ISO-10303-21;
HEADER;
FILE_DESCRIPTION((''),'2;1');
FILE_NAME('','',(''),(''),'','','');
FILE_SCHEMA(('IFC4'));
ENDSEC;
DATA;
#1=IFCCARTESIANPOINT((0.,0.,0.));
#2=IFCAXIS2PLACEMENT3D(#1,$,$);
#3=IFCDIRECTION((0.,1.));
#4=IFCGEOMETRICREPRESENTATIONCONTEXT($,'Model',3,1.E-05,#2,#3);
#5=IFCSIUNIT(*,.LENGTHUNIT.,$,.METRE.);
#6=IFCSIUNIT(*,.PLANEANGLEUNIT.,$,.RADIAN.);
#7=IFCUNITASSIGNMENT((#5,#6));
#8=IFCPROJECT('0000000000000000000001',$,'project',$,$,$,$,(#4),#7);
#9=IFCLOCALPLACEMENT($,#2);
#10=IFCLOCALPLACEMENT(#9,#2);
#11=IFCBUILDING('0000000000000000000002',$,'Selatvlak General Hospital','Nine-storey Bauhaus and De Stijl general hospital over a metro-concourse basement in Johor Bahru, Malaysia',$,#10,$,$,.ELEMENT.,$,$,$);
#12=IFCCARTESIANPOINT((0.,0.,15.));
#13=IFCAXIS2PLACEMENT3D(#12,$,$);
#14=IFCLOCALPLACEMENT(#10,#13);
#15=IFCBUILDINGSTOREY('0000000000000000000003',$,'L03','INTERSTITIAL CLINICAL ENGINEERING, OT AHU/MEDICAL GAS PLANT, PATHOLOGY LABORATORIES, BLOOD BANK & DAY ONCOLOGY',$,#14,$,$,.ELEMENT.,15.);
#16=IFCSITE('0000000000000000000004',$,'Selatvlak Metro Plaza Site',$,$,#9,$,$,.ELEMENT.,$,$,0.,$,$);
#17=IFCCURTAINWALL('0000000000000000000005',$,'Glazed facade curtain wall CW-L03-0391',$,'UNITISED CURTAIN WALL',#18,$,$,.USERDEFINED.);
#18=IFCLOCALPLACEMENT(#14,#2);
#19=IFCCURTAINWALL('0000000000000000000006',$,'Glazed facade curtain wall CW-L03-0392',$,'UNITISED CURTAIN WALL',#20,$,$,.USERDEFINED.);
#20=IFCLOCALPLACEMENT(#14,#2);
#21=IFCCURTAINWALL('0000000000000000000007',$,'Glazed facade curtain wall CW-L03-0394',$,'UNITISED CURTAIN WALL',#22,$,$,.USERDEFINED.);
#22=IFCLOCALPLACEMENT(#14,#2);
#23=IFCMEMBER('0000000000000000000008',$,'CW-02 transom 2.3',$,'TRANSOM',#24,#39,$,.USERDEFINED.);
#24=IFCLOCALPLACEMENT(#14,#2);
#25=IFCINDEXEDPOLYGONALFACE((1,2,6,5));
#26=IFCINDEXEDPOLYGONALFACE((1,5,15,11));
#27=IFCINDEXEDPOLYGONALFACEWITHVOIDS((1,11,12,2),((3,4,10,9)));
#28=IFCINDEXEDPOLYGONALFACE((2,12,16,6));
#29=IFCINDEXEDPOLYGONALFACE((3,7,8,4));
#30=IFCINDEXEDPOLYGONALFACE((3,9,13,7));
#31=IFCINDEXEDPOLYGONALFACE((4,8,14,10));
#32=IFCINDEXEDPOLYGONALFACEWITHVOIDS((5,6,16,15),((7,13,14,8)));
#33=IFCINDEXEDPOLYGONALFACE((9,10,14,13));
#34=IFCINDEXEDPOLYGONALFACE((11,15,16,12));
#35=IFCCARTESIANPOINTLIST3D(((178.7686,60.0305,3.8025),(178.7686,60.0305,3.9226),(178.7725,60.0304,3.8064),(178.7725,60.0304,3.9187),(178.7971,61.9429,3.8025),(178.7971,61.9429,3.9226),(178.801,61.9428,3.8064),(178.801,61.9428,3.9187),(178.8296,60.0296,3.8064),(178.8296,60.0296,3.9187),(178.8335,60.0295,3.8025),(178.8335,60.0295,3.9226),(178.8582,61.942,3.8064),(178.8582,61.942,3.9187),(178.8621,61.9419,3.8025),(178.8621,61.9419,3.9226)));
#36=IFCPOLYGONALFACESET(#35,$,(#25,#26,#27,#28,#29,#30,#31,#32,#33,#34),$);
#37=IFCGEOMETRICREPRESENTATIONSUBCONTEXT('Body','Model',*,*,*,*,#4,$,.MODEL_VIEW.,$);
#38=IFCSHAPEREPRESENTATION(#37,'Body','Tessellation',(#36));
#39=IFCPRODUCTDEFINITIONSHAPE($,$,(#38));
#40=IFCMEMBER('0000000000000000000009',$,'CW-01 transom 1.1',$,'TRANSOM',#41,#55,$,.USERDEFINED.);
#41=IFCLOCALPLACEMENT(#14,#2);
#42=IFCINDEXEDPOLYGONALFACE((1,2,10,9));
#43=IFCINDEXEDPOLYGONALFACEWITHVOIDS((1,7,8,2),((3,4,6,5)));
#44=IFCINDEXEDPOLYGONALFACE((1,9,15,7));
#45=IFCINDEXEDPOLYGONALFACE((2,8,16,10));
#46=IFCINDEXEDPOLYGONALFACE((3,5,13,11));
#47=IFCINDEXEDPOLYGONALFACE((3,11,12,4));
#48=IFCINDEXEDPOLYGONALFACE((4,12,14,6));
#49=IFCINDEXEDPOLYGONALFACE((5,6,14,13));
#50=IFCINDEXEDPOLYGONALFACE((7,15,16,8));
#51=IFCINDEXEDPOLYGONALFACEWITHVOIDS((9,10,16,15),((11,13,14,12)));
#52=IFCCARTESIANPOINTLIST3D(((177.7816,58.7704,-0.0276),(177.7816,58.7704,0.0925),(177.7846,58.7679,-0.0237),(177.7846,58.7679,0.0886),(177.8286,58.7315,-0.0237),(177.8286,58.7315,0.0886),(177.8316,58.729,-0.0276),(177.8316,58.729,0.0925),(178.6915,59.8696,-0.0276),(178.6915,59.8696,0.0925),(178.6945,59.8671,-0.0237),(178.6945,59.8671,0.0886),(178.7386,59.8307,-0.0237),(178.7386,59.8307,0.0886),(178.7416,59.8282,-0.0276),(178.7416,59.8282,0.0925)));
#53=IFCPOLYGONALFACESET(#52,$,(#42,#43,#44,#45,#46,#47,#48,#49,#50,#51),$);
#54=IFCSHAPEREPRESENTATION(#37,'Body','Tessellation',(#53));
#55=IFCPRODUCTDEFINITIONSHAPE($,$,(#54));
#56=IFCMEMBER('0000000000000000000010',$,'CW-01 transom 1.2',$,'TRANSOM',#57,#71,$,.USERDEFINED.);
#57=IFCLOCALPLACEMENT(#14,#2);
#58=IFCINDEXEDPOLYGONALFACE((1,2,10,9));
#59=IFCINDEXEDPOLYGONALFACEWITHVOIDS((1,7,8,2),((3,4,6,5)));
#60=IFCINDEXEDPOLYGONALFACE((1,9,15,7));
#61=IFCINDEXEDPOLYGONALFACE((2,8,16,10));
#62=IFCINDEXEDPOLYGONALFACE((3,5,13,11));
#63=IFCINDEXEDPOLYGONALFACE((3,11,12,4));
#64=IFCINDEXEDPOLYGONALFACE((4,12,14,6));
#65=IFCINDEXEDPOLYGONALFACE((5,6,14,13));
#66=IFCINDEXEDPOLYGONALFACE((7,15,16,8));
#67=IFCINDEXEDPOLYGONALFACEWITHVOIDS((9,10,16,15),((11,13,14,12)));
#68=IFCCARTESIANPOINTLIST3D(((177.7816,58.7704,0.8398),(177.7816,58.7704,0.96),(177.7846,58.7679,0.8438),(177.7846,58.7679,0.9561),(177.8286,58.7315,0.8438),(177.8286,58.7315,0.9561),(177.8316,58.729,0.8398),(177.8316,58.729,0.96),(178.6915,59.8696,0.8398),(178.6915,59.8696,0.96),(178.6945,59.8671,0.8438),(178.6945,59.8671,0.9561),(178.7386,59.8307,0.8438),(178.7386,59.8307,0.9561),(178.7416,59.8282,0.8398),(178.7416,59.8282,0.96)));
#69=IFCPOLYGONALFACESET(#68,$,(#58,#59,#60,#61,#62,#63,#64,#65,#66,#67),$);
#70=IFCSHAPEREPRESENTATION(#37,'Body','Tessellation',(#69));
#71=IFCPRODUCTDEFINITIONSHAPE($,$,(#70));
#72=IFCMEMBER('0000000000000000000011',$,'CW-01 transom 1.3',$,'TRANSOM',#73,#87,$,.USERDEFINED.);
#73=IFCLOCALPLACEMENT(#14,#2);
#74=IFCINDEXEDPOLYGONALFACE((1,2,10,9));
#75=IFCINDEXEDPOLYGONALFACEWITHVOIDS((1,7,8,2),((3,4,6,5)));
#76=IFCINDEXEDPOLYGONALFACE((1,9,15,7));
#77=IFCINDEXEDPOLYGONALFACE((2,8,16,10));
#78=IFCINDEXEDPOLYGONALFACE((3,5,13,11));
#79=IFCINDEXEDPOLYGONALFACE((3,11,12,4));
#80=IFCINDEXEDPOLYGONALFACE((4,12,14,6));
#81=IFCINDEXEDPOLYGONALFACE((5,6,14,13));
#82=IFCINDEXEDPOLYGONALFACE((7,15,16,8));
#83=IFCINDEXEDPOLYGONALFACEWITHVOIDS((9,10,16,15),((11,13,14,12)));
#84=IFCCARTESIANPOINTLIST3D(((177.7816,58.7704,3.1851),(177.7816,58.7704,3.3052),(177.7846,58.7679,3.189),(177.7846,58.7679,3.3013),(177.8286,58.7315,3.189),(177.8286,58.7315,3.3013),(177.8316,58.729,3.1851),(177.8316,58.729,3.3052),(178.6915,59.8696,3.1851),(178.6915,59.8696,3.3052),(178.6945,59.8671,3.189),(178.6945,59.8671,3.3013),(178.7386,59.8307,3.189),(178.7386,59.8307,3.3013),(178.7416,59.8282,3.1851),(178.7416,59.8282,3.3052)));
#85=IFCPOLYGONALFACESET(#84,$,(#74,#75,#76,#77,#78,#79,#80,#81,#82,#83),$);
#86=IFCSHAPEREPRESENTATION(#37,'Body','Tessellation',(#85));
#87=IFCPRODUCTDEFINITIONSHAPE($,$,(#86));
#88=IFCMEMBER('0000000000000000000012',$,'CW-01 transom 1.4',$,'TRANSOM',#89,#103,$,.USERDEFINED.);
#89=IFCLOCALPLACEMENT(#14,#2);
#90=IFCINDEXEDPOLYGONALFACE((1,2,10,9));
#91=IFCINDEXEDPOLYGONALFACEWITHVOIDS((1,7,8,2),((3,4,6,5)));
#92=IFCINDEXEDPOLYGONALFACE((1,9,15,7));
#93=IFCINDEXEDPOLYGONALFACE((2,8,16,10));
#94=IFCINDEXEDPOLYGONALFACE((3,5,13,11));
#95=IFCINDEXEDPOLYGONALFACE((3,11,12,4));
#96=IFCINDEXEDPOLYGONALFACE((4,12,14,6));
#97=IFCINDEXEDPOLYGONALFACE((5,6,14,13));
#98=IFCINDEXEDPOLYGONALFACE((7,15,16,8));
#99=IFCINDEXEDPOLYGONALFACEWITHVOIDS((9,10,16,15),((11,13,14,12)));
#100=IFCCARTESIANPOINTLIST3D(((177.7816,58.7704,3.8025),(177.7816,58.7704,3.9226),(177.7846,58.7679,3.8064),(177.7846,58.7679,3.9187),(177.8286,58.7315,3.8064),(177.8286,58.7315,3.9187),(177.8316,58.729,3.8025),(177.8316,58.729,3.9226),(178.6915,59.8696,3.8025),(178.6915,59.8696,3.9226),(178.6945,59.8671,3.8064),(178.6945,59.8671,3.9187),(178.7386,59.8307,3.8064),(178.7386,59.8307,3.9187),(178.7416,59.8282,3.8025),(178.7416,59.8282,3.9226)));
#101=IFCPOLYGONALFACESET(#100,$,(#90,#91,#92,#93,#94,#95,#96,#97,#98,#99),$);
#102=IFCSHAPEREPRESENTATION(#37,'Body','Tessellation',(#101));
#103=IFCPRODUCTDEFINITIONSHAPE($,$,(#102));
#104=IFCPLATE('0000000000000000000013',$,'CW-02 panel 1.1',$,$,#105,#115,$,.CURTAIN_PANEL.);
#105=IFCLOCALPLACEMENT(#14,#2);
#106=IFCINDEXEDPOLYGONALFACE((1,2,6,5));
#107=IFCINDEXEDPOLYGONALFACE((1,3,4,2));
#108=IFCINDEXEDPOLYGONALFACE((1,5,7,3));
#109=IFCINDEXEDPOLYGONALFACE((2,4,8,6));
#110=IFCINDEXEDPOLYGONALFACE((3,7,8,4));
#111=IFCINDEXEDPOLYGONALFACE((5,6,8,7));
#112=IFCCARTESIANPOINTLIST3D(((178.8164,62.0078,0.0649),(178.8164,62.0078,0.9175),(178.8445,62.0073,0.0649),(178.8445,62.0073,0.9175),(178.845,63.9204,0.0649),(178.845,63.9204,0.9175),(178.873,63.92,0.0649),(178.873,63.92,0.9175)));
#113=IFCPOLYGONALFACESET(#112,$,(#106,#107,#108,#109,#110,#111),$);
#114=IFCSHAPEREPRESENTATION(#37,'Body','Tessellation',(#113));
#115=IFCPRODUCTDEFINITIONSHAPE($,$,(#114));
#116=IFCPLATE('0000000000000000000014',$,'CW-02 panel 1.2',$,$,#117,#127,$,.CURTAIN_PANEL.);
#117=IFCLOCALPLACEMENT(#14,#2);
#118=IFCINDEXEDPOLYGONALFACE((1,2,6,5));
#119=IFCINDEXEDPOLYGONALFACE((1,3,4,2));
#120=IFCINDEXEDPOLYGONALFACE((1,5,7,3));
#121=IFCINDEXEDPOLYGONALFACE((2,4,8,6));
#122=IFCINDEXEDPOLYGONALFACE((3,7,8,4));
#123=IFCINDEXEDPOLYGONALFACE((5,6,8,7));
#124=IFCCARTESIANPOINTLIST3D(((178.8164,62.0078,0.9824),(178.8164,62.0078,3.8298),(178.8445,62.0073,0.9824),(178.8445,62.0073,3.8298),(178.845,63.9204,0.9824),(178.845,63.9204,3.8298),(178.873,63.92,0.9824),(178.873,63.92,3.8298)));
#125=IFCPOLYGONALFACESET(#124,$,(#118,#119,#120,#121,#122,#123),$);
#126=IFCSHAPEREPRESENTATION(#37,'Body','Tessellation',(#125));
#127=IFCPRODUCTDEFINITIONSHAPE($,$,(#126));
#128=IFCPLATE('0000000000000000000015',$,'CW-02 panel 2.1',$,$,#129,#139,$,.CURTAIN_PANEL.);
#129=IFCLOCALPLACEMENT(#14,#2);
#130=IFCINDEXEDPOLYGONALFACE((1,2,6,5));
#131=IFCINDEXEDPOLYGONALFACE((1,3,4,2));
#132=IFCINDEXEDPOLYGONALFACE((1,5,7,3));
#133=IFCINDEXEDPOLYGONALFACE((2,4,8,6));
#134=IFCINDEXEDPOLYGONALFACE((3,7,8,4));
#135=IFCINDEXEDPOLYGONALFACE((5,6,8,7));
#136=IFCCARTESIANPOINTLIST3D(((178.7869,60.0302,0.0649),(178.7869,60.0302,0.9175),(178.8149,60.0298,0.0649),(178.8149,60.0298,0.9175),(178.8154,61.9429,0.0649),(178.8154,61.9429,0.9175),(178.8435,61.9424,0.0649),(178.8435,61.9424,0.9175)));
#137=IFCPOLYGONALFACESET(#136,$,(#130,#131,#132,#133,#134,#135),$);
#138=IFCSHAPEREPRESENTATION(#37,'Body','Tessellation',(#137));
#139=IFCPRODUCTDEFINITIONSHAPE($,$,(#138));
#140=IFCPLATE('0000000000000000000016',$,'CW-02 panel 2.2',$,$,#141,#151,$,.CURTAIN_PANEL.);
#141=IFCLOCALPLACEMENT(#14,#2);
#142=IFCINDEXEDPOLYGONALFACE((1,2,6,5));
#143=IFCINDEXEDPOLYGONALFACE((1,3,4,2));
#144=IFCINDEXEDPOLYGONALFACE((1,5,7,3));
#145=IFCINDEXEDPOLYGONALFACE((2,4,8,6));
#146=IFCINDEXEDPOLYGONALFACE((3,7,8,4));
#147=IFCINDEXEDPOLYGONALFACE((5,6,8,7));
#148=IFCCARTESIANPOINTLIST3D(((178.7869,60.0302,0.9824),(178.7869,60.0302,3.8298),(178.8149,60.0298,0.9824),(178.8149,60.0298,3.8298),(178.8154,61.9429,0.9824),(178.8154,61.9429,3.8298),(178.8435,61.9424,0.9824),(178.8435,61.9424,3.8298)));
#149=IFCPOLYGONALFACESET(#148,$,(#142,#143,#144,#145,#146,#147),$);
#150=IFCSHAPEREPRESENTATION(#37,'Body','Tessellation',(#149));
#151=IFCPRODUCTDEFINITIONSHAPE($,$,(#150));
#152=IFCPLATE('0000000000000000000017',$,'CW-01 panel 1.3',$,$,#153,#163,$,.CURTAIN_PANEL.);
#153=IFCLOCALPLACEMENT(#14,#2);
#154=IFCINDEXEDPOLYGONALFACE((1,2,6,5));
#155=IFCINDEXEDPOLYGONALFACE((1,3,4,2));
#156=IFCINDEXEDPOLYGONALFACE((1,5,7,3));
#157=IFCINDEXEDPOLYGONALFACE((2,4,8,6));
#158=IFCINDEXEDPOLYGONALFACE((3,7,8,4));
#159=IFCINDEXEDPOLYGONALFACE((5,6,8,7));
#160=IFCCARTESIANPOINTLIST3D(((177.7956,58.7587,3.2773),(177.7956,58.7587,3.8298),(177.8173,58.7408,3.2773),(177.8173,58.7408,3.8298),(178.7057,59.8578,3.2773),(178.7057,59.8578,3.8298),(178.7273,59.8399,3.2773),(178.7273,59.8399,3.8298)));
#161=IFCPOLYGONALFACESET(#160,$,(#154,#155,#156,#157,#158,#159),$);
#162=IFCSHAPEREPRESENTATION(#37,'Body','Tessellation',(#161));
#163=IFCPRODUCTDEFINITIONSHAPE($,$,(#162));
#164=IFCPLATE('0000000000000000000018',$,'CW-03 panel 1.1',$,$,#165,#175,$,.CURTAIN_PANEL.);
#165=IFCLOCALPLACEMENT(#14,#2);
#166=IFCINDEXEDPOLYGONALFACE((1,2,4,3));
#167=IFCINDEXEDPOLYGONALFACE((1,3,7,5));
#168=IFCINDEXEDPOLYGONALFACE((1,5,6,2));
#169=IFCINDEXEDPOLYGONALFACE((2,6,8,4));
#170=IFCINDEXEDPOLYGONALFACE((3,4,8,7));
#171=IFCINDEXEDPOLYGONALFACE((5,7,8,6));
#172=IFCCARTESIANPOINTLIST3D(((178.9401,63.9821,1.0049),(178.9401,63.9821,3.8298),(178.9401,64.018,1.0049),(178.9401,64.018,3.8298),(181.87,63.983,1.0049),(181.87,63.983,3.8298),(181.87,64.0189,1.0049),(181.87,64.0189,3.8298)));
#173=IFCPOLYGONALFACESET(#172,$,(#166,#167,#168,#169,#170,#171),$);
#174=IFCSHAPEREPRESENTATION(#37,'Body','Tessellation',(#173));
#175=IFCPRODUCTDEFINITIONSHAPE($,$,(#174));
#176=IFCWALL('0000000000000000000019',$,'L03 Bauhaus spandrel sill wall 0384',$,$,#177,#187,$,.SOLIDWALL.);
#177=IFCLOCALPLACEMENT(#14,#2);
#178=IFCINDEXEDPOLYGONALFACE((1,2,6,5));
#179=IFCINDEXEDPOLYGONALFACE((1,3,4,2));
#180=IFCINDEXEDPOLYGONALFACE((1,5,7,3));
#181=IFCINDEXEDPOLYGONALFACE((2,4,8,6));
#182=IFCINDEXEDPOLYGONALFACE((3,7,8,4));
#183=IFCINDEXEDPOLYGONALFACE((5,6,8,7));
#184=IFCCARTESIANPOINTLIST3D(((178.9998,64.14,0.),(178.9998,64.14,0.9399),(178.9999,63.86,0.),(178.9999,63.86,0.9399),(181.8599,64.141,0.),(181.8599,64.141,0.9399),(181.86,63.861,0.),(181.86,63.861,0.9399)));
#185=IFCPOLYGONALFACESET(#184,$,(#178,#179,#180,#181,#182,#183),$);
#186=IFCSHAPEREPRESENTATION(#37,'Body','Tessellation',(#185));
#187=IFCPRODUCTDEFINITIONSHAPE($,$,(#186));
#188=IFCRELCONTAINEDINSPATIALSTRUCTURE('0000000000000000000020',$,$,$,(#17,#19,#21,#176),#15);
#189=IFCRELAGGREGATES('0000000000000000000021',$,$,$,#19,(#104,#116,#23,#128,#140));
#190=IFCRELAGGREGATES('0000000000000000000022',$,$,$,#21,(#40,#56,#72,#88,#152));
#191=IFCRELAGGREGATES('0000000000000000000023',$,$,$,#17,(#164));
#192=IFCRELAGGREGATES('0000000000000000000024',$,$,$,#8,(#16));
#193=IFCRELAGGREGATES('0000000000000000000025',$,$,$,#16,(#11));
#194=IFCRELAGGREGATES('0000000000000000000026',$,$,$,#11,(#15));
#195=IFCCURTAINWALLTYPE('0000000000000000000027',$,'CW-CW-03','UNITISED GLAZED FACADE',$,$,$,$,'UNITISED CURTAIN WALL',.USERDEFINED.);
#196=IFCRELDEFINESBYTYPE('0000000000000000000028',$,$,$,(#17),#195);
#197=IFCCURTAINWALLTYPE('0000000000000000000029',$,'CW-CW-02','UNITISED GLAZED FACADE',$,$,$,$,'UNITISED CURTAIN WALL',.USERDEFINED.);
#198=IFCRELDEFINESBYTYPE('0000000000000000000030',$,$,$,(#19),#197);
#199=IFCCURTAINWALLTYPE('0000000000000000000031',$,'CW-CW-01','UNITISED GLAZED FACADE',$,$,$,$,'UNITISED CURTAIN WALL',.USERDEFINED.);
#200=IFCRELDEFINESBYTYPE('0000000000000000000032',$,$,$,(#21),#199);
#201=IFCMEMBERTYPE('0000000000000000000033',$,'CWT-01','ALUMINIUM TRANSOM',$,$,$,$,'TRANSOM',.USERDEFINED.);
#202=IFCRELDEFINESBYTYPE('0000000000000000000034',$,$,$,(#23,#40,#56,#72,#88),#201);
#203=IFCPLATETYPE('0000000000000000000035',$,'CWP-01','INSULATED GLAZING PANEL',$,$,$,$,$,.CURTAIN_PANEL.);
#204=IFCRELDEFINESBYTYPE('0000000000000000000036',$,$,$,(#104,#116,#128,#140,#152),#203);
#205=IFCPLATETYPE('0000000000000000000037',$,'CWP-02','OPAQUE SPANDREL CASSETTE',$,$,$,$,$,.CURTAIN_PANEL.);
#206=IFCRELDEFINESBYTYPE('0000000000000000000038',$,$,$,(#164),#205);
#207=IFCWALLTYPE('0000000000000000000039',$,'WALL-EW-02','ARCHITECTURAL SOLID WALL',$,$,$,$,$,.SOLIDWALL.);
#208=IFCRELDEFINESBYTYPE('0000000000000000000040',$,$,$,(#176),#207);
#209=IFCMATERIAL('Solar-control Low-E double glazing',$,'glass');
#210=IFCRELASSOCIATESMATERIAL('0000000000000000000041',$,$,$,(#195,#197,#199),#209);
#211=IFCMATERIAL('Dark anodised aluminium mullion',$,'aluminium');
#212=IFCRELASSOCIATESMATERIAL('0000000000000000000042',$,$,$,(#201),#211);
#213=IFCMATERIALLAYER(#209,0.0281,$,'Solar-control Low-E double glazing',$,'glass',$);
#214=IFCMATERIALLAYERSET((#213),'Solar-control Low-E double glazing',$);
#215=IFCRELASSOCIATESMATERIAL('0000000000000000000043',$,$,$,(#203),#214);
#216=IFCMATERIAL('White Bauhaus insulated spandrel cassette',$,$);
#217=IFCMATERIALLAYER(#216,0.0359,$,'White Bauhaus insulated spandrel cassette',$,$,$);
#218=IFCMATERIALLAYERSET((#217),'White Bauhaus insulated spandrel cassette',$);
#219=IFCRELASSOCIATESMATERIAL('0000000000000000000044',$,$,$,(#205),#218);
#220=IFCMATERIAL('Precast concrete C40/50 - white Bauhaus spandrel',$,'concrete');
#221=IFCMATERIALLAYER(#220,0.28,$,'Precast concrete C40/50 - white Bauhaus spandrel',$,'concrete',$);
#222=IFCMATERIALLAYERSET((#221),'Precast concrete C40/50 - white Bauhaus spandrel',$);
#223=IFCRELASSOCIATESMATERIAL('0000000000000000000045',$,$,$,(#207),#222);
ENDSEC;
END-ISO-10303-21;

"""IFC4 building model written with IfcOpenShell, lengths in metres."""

from ifc_helpers import new_model, si_unit, direction, frame, frame_2d, origin, origin_2d, place, context, subcontext, project, spatial, rectangle, hollow_rectangle, extrude, material, layer, layer_set, material_profile, profile_set, type_object, element, aggregate, save


model = new_model("IFC4")

# Units and contexts
model_context = context("Model", 3, precision=1e-05, world=origin(), true_north=direction((0.0, 1.0)))
body_context = subcontext(model_context, "Body", "Model", "MODEL_VIEW")
ifc_project = project(units=[si_unit("LENGTHUNIT", "METRE"), si_unit("PLANEANGLEUNIT", "RADIAN")], contexts=[model_context])

# Site, building, storey
site_placement = place(None, origin())
site = spatial("IfcSite", under=ifc_project, at=site_placement, Name="Selatvlak Metro Plaza Site", CompositionType="ELEMENT", RefElevation=0.0)
building_placement = place(site_placement, origin())
building = spatial("IfcBuilding", under=site, at=building_placement, Name="Selatvlak General Hospital", Description="Nine-storey Bauhaus and De Stijl general hospital over a metro-concourse basement in Johor Bahru, Malaysia", CompositionType="ELEMENT")
storey_placement = place(building_placement, frame((0.0, 0.0, 15.0)))
storey = spatial("IfcBuildingStorey", under=building, at=storey_placement, Name="L03", Description="INTERSTITIAL CLINICAL ENGINEERING, OT AHU/MEDICAL GAS PLANT, PATHOLOGY LABORATORIES, BLOOD BANK & DAY ONCOLOGY", CompositionType="ELEMENT", Elevation=15.0)

# Curtain wall
ifc_material_1 = material(Name="Solar-control Low-E double glazing", Category="glass")
curtain_wall_type_1 = type_object("IfcCurtainWallType", Name="CW-CW-03", Description="UNITISED GLAZED FACADE", ElementType="UNITISED CURTAIN WALL", PredefinedType="USERDEFINED", material=ifc_material_1)
curtain_wall_1_placement = place(storey_placement, origin())
curtain_wall_1 = element("IfcCurtainWall", 1, at=curtain_wall_1_placement, inside=storey, type_object=curtain_wall_type_1, Name="Glazed facade curtain wall CW-L03-0391", ObjectType="UNITISED CURTAIN WALL", PredefinedType="USERDEFINED")
ifc_material_2 = material(Name="Dark anodised aluminium mullion", Category="aluminium")

# Curtain wall
curtain_wall_type_2 = type_object("IfcCurtainWallType", Name="CW-CW-02", Description="UNITISED GLAZED FACADE", ElementType="UNITISED CURTAIN WALL", PredefinedType="USERDEFINED", material=ifc_material_1)
curtain_wall_2_placement = place(storey_placement, origin())
curtain_wall_2 = element("IfcCurtainWall", 2, at=curtain_wall_2_placement, inside=storey, type_object=curtain_wall_type_2, Name="Glazed facade curtain wall CW-L03-0392", ObjectType="UNITISED CURTAIN WALL", PredefinedType="USERDEFINED")

# Curtain wall
curtain_wall_type_3 = type_object("IfcCurtainWallType", Name="CW-CW-01", Description="UNITISED GLAZED FACADE", ElementType="UNITISED CURTAIN WALL", PredefinedType="USERDEFINED", material=ifc_material_1)
curtain_wall_3_placement = place(storey_placement, origin())
curtain_wall_3 = element("IfcCurtainWall", 3, at=curtain_wall_3_placement, inside=storey, type_object=curtain_wall_type_3, Name="Glazed facade curtain wall CW-L03-0394", ObjectType="UNITISED CURTAIN WALL", PredefinedType="USERDEFINED")

# Members
ifc_material_profile_1 = material_profile(ifc_material_2, hollow_rectangle(XDim=0.0649, YDim=0.1201, WallThickness=0.0039, at=origin_2d()), Name="AL-TRN 65x120x4")
ifc_profile_set_1 = profile_set([ifc_material_profile_1], Name="Dark anodised aluminium mullion")
member_type_1 = type_object("IfcMemberType", Name="CWT-01", Description="ALUMINIUM TRANSOM", ElementType="TRANSOM", PredefinedType="USERDEFINED", material=ifc_profile_set_1)
member_1_placement = place(storey_placement, frame((178.8296, 61.9424, 3.8625), z_axis=(-0.014935, -0.999888, 0.0), x_axis=(0.999888, -0.014935, 0.0)))
member_1 = element("IfcMember", 4, at=member_1_placement, type_object=member_type_1, Name="CW-02 transom 2.3", ObjectType="TRANSOM", PredefinedType="USERDEFINED", context=body_context, shape_type="SweptSolid", body=[
    extrude(hollow_rectangle(XDim=0.0649, YDim=0.1201, WallThickness=0.0039, at=origin_2d()), origin(), (0.0, 0.0, 1.0), 1.9126),
])
member_2_placement = place(storey_placement, frame((178.7166, 59.8489, 0.0325), z_axis=(-0.63769, -0.770293, 0.0), x_axis=(0.770293, -0.63769, 0.0)))
member_2 = element("IfcMember", 5, at=member_2_placement, type_object=member_type_1, Name="CW-01 transom 1.1", ObjectType="TRANSOM", PredefinedType="USERDEFINED", context=body_context, shape_type="SweptSolid", body=[
    extrude(hollow_rectangle(XDim=0.0649, YDim=0.1201, WallThickness=0.0039, at=origin_2d()), origin(), (0.0, 0.0, 1.0), 1.427),
])
member_3_placement = place(storey_placement, frame((178.7166, 59.8489, 0.8999), z_axis=(-0.63769, -0.770293, 0.0), x_axis=(0.770293, -0.63769, 0.0)))
member_3 = element("IfcMember", 6, at=member_3_placement, type_object=member_type_1, Name="CW-01 transom 1.2", ObjectType="TRANSOM", PredefinedType="USERDEFINED", context=body_context, shape_type="SweptSolid", body=[
    extrude(hollow_rectangle(XDim=0.0649, YDim=0.1201, WallThickness=0.0039, at=origin_2d()), origin(), (0.0, 0.0, 1.0), 1.427),
])
member_4_placement = place(storey_placement, frame((178.7166, 59.8489, 3.2451), z_axis=(-0.63769, -0.770293, 0.0), x_axis=(0.770293, -0.63769, 0.0)))
member_4 = element("IfcMember", 7, at=member_4_placement, type_object=member_type_1, Name="CW-01 transom 1.3", ObjectType="TRANSOM", PredefinedType="USERDEFINED", context=body_context, shape_type="SweptSolid", body=[
    extrude(hollow_rectangle(XDim=0.0649, YDim=0.1201, WallThickness=0.0039, at=origin_2d()), origin(), (0.0, 0.0, 1.0), 1.427),
])
member_5_placement = place(storey_placement, frame((178.7166, 59.8489, 3.8625), z_axis=(-0.63769, -0.770293, 0.0), x_axis=(0.770293, -0.63769, 0.0)))
member_5 = element("IfcMember", 8, at=member_5_placement, type_object=member_type_1, Name="CW-01 transom 1.4", ObjectType="TRANSOM", PredefinedType="USERDEFINED", context=body_context, shape_type="SweptSolid", body=[
    extrude(hollow_rectangle(XDim=0.0649, YDim=0.1201, WallThickness=0.0039, at=origin_2d()), origin(), (0.0, 0.0, 1.0), 1.427),
])

# Plates
ifc_layer_1 = layer(ifc_material_1, 0.0281, Name="Solar-control Low-E double glazing", Category="glass")
ifc_layer_set_1 = layer_set([ifc_layer_1], Name="Solar-control Low-E double glazing")
plate_type_1 = type_object("IfcPlateType", Name="CWP-01", Description="INSULATED GLAZING PANEL", PredefinedType="CURTAIN_PANEL", material=ifc_layer_set_1)
plate_1_placement = place(storey_placement, frame((178.8447, 62.9639, 0.0649), z_axis=(0.0, 0.0, 1.0), x_axis=(-0.014924, -0.999889, 0.0)))
plate_1 = element("IfcPlate", 9, at=plate_1_placement, type_object=plate_type_1, Name="CW-02 panel 1.1", PredefinedType="CURTAIN_PANEL", context=body_context, shape_type="SweptSolid", body=[
    extrude(rectangle(XDim=1.9128, YDim=0.0281, at=origin_2d()), origin(), (0.0, 0.0, 1.0), 0.8525),
])
plate_2_placement = place(storey_placement, frame((178.8447, 62.9639, 0.9824), z_axis=(0.0, 0.0, 1.0), x_axis=(-0.014924, -0.999889, 0.0)))
plate_2 = element("IfcPlate", 10, at=plate_2_placement, type_object=plate_type_1, Name="CW-02 panel 1.2", PredefinedType="CURTAIN_PANEL", context=body_context, shape_type="SweptSolid", body=[
    extrude(rectangle(XDim=1.9128, YDim=0.0281, at=origin_2d()), origin(), (0.0, 0.0, 1.0), 2.8474),
])
plate_3_placement = place(storey_placement, frame((178.8152, 60.9863, 0.0649), z_axis=(0.0, 0.0, 1.0), x_axis=(-0.014924, -0.999889, 0.0)))
plate_3 = element("IfcPlate", 11, at=plate_3_placement, type_object=plate_type_1, Name="CW-02 panel 2.1", PredefinedType="CURTAIN_PANEL", context=body_context, shape_type="SweptSolid", body=[
    extrude(rectangle(XDim=1.9128, YDim=0.0281, at=origin_2d()), origin(), (0.0, 0.0, 1.0), 0.8525),
])
plate_4_placement = place(storey_placement, frame((178.8152, 60.9863, 0.9824), z_axis=(0.0, 0.0, 1.0), x_axis=(-0.014924, -0.999889, 0.0)))
plate_4 = element("IfcPlate", 12, at=plate_4_placement, type_object=plate_type_1, Name="CW-02 panel 2.2", PredefinedType="CURTAIN_PANEL", context=body_context, shape_type="SweptSolid", body=[
    extrude(rectangle(XDim=1.9128, YDim=0.0281, at=origin_2d()), origin(), (0.0, 0.0, 1.0), 2.8474),
])
aggregate(curtain_wall_2, [plate_1, plate_2, member_1, plate_3, plate_4])
plate_5_placement = place(storey_placement, frame((178.2615, 59.2993, 3.2773), z_axis=(0.0, 0.0, 1.0), x_axis=(-0.63774, -0.770252, 0.0)))
plate_5 = element("IfcPlate", 13, at=plate_5_placement, type_object=plate_type_1, Name="CW-01 panel 1.3", PredefinedType="CURTAIN_PANEL", context=body_context, shape_type="SweptSolid", body=[
    extrude(rectangle(XDim=1.427, YDim=0.0281, at=origin_2d()), origin(), (0.0, 0.0, 1.0), 0.5525),
])
aggregate(curtain_wall_3, [member_2, member_3, member_4, member_5, plate_5])
ifc_material_3 = material(Name="White Bauhaus insulated spandrel cassette")
ifc_layer_2 = layer(ifc_material_3, 0.0359, Name="White Bauhaus insulated spandrel cassette")
ifc_layer_set_2 = layer_set([ifc_layer_2], Name="White Bauhaus insulated spandrel cassette")
plate_type_2 = type_object("IfcPlateType", Name="CWP-02", Description="OPAQUE SPANDREL CASSETTE", PredefinedType="CURTAIN_PANEL", material=ifc_layer_set_2)
plate_6_placement = place(storey_placement, frame((180.405, 64.0005, 1.0049), z_axis=(0.0, 0.0, 1.0), x_axis=(-1.0, -0.000327, 0.0)))
plate_6 = element("IfcPlate", 14, at=plate_6_placement, type_object=plate_type_2, Name="CW-03 panel 1.1", PredefinedType="CURTAIN_PANEL", context=body_context, shape_type="SweptSolid", body=[
    extrude(rectangle(XDim=2.9299, YDim=0.0359, at=origin_2d()), origin(), (0.0, 0.0, 1.0), 2.825),
])
aggregate(curtain_wall_1, [plate_6])

# Wall
ifc_material_4 = material(Name="Precast concrete C40/50 - white Bauhaus spandrel", Category="concrete")
ifc_layer_3 = layer(ifc_material_4, 0.28, Name="Precast concrete C40/50 - white Bauhaus spandrel", Category="concrete")
ifc_layer_set_3 = layer_set([ifc_layer_3], Name="Precast concrete C40/50 - white Bauhaus spandrel")
wall_type_1 = type_object("IfcWallType", Name="WALL-EW-02", Description="ARCHITECTURAL SOLID WALL", PredefinedType="SOLIDWALL", material=ifc_layer_set_3)
wall_1_placement = place(storey_placement, frame((181.8601, 64.001, 0.0), z_axis=(0.0, 0.0, 1.0), x_axis=(-1.0, -0.000341, 0.0)))
element("IfcWall", 15, at=wall_1_placement, inside=storey, type_object=wall_type_1, Name="L03 Bauhaus spandrel sill wall 0384", PredefinedType="SOLIDWALL", context=body_context, shape_type="SweptSolid", body=[
    extrude(rectangle(XDim=2.8601, YDim=0.28, at=frame_2d((1.4302, 0.0))), origin(), (0.0, 0.0, 1.0), 0.9399),
])

save(model, "model.ifc")
